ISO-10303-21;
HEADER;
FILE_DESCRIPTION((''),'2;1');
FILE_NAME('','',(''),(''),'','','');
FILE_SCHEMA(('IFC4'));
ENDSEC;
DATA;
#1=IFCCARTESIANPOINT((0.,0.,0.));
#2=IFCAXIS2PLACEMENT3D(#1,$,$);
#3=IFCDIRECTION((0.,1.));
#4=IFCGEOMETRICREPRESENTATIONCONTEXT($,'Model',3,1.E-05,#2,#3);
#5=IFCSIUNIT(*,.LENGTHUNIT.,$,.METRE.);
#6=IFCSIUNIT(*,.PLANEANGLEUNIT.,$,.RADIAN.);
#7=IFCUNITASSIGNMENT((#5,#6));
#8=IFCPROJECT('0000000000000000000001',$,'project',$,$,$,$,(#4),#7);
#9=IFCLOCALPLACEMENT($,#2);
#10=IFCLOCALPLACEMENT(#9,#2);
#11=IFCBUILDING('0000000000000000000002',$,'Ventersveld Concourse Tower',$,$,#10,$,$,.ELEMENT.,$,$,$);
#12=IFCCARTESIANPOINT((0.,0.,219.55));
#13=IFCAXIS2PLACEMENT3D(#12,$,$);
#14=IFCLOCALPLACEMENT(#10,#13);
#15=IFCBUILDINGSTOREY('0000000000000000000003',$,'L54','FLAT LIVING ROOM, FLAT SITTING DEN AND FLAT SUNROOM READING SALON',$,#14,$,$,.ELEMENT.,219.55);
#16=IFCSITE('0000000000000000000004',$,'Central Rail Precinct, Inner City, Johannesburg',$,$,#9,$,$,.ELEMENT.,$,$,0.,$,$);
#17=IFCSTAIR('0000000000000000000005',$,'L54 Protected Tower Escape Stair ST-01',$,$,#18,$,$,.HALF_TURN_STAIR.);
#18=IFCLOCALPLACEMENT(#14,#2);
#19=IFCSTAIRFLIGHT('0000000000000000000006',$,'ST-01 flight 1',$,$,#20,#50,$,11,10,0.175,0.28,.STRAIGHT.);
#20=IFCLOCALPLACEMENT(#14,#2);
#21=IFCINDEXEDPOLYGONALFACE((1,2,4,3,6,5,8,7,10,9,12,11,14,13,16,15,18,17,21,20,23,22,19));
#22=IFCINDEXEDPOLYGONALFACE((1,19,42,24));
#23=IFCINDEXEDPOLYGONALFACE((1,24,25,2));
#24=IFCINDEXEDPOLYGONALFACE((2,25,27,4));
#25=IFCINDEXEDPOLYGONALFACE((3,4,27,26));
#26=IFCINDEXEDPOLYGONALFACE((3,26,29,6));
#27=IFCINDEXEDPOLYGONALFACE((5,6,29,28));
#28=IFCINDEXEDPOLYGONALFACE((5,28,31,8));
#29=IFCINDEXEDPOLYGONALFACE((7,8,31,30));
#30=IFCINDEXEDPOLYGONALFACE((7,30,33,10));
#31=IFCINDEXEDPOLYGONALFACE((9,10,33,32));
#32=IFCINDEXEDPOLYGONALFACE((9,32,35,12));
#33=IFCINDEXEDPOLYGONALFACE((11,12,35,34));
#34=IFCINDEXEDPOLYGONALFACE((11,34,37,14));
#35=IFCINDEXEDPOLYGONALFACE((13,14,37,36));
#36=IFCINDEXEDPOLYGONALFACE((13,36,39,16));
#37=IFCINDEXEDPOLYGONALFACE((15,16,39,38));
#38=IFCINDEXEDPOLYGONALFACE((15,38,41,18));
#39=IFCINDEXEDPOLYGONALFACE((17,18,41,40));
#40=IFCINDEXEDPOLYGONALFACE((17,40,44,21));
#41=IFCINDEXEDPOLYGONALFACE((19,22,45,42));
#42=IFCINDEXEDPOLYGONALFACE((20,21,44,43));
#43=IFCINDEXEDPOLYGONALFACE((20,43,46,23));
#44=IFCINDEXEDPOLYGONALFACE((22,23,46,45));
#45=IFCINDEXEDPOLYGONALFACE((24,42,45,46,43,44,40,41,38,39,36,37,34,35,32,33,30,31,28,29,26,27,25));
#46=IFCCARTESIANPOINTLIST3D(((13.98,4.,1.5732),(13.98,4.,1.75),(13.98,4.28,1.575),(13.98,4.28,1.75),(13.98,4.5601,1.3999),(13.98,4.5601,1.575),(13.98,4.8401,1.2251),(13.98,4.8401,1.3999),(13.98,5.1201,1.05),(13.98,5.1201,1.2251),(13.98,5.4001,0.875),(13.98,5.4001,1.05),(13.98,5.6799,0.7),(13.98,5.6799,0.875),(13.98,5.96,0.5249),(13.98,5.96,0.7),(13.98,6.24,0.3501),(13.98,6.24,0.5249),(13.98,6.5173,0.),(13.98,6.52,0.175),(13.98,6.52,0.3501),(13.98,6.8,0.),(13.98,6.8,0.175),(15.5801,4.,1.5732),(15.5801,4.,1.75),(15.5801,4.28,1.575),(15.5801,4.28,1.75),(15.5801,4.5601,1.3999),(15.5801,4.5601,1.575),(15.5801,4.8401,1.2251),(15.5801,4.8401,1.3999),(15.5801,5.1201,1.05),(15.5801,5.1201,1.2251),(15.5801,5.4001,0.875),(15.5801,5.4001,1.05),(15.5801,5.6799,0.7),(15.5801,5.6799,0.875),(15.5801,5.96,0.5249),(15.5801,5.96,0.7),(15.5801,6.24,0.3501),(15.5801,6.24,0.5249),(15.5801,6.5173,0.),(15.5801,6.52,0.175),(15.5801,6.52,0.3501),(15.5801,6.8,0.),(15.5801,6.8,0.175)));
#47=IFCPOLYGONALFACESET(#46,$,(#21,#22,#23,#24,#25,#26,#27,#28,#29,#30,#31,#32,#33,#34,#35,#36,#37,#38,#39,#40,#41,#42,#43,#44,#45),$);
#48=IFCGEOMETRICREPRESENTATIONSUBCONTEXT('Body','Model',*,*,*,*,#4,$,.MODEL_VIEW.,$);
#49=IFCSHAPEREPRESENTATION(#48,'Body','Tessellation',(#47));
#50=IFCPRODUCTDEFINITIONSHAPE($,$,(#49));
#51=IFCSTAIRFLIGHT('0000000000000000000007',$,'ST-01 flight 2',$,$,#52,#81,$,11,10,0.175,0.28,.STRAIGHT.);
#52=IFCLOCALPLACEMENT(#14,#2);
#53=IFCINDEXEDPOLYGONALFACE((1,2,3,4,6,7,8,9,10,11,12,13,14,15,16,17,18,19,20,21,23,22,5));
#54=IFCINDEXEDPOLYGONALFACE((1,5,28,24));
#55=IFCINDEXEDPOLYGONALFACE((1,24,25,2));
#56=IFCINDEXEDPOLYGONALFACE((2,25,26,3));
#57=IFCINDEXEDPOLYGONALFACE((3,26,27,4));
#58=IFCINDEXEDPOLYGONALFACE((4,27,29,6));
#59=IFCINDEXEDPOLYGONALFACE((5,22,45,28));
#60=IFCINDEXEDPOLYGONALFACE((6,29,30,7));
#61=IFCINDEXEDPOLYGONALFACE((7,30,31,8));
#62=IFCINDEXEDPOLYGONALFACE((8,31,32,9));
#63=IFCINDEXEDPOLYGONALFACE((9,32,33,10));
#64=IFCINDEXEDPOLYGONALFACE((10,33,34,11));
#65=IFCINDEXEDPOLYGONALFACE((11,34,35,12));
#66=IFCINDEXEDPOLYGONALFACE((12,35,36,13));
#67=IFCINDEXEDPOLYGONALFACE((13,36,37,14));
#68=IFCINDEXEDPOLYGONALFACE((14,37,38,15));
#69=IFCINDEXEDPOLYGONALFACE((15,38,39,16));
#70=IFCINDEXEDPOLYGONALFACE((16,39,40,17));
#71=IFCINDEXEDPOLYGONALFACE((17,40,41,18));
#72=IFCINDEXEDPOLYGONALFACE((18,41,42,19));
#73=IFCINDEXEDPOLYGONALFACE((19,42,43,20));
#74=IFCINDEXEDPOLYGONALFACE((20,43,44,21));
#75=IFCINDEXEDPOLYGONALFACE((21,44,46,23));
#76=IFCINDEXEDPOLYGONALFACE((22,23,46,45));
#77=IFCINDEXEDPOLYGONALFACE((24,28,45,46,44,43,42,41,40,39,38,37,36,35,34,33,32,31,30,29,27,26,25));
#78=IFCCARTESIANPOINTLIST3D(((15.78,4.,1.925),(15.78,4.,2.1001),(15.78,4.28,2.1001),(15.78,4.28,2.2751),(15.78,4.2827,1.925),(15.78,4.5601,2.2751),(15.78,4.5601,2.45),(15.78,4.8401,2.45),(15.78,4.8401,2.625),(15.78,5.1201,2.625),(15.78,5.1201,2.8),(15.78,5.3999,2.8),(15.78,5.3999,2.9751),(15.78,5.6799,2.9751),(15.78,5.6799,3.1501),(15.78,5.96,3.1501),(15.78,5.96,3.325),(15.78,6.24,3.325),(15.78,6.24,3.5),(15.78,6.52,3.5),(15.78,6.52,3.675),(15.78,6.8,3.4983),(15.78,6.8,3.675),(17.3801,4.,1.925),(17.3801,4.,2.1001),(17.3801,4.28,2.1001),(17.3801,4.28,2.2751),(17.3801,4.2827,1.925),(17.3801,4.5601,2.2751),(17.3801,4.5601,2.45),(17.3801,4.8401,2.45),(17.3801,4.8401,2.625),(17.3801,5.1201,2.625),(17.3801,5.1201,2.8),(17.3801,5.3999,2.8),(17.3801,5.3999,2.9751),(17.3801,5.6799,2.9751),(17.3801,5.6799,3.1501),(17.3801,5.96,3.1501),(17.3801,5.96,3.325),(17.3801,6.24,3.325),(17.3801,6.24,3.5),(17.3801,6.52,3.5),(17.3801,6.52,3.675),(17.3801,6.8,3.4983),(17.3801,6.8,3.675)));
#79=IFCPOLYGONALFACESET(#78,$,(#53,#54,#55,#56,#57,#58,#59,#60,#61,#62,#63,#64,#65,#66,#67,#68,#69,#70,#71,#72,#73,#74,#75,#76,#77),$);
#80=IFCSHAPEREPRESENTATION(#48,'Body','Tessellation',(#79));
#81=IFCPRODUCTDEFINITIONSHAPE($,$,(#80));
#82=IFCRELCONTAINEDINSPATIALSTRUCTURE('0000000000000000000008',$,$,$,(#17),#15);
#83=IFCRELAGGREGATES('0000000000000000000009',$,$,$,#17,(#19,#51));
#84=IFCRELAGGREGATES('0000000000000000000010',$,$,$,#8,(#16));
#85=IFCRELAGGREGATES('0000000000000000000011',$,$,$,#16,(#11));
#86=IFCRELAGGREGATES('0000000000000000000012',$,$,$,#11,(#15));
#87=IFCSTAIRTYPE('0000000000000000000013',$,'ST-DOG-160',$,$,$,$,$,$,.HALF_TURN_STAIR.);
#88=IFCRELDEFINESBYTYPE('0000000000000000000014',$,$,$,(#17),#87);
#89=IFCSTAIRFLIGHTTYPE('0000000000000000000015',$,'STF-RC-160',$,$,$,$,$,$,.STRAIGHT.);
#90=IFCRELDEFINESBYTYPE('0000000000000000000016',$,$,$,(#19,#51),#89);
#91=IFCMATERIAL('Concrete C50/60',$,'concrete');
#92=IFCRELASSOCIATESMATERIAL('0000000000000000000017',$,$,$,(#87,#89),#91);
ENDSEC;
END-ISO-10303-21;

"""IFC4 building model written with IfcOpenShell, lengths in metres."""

from ifc_helpers import new_model, si_unit, direction, frame, origin, place, context, subcontext, project, spatial, polyline, outline, extrude, material, type_object, element, aggregate, save


model = new_model("IFC4")

# Units and contexts
model_context = context("Model", 3, precision=1e-05, world=origin(), true_north=direction((0.0, 1.0)))
body_context = subcontext(model_context, "Body", "Model", "MODEL_VIEW")
ifc_project = project(units=[si_unit("LENGTHUNIT", "METRE"), si_unit("PLANEANGLEUNIT", "RADIAN")], contexts=[model_context])

# Site, building, storey
site_placement = place(None, origin())
site = spatial("IfcSite", under=ifc_project, at=site_placement, Name="Central Rail Precinct, Inner City, Johannesburg", CompositionType="ELEMENT", RefElevation=0.0)
building_placement = place(site_placement, origin())
building = spatial("IfcBuilding", under=site, at=building_placement, Name="Ventersveld Concourse Tower", CompositionType="ELEMENT")
storey_placement = place(building_placement, frame((0.0, 0.0, 219.55)))
storey = spatial("IfcBuildingStorey", under=building, at=storey_placement, Name="L54", Description="FLAT LIVING ROOM, FLAT SITTING DEN AND FLAT SUNROOM READING SALON", CompositionType="ELEMENT", Elevation=219.55)

# Shared definitions
ifc_material_1 = material(Name="Concrete C50/60", Category="concrete")

# Stair, stair flights
stair_type = type_object("IfcStairType", Name="ST-DOG-160", PredefinedType="HALF_TURN_STAIR", material=ifc_material_1)
stair_placement = place(storey_placement, origin())
stair = element("IfcStair", 1, at=stair_placement, inside=storey, type_object=stair_type, Name="L54 Protected Tower Escape Stair ST-01", PredefinedType="HALF_TURN_STAIR")
stair_flight_type = type_object("IfcStairFlightType", Name="STF-RC-160", PredefinedType="STRAIGHT", material=ifc_material_1)
stair_flight_1_placement = place(storey_placement, frame((14.78, 6.8, 0.0), z_axis=(0.0, 0.0, 1.0), x_axis=(0.0, -1.0, 0.0)))
stair_flight_1 = element("IfcStairFlight", 2, at=stair_flight_1_placement, type_object=stair_flight_type, Name="ST-01 flight 1", NumberOfRisers=11, NumberOfTreads=10, PredefinedType="STRAIGHT", RiserHeight=0.175, TreadLength=0.28, context=body_context, shape_type="SweptSolid", body=[
    extrude(outline(polyline([(0.0, 0.0), (0.0, 0.175), (0.28, 0.175), (0.28, 0.3501), (0.5601, 0.3501), (0.5601, 0.5249), (0.8401, 0.5249), (0.8401, 0.7), (1.1201, 0.7), (1.1201, 0.875), (1.3999, 0.875), (1.3999, 1.05), (1.6799, 1.05), (1.6799, 1.2251), (1.96, 1.2251), (1.96, 1.3999), (2.24, 1.3999), (2.24, 1.575), (2.52, 1.575), (2.52, 1.75), (2.8, 1.75), (2.8, 1.925), (2.8, 1.5732), (0.2827, 0.0), (0.0, 0.0)])), frame((0.0, 0.8, 0.0), z_axis=(0.0, -1.0, 0.0), x_axis=(1.0, 0.0, 0.0)), (0.0, 0.0, 1.0), 1.6001),
])
stair_flight_2_placement = place(storey_placement, frame((16.5801, 4.0, 1.925), z_axis=(0.0, 0.0, 1.0), x_axis=(0.0, 1.0, 0.0)))
stair_flight_2 = element("IfcStairFlight", 3, at=stair_flight_2_placement, type_object=stair_flight_type, Name="ST-01 flight 2", NumberOfRisers=11, NumberOfTreads=10, PredefinedType="STRAIGHT", RiserHeight=0.175, TreadLength=0.28, context=body_context, shape_type="SweptSolid", body=[
    extrude(outline(polyline([(0.0, 0.0), (0.0, 0.175), (0.28, 0.175), (0.28, 0.3501), (0.5601, 0.3501), (0.5601, 0.5249), (0.8401, 0.5249), (0.8401, 0.7), (1.1201, 0.7), (1.1201, 0.875), (1.3999, 0.875), (1.3999, 1.05), (1.6799, 1.05), (1.6799, 1.2251), (1.96, 1.2251), (1.96, 1.3999), (2.24, 1.3999), (2.24, 1.575), (2.52, 1.575), (2.52, 1.75), (2.8, 1.75), (2.8, 1.925), (2.8, 1.5732), (0.2827, 0.0), (0.0, 0.0)])), frame((0.0, 0.8, 0.0), z_axis=(0.0, -1.0, 0.0), x_axis=(1.0, 0.0, 0.0)), (0.0, 0.0, 1.0), 1.6001),
])
aggregate(stair, [stair_flight_1, stair_flight_2])

save(model, "model.ifc")
